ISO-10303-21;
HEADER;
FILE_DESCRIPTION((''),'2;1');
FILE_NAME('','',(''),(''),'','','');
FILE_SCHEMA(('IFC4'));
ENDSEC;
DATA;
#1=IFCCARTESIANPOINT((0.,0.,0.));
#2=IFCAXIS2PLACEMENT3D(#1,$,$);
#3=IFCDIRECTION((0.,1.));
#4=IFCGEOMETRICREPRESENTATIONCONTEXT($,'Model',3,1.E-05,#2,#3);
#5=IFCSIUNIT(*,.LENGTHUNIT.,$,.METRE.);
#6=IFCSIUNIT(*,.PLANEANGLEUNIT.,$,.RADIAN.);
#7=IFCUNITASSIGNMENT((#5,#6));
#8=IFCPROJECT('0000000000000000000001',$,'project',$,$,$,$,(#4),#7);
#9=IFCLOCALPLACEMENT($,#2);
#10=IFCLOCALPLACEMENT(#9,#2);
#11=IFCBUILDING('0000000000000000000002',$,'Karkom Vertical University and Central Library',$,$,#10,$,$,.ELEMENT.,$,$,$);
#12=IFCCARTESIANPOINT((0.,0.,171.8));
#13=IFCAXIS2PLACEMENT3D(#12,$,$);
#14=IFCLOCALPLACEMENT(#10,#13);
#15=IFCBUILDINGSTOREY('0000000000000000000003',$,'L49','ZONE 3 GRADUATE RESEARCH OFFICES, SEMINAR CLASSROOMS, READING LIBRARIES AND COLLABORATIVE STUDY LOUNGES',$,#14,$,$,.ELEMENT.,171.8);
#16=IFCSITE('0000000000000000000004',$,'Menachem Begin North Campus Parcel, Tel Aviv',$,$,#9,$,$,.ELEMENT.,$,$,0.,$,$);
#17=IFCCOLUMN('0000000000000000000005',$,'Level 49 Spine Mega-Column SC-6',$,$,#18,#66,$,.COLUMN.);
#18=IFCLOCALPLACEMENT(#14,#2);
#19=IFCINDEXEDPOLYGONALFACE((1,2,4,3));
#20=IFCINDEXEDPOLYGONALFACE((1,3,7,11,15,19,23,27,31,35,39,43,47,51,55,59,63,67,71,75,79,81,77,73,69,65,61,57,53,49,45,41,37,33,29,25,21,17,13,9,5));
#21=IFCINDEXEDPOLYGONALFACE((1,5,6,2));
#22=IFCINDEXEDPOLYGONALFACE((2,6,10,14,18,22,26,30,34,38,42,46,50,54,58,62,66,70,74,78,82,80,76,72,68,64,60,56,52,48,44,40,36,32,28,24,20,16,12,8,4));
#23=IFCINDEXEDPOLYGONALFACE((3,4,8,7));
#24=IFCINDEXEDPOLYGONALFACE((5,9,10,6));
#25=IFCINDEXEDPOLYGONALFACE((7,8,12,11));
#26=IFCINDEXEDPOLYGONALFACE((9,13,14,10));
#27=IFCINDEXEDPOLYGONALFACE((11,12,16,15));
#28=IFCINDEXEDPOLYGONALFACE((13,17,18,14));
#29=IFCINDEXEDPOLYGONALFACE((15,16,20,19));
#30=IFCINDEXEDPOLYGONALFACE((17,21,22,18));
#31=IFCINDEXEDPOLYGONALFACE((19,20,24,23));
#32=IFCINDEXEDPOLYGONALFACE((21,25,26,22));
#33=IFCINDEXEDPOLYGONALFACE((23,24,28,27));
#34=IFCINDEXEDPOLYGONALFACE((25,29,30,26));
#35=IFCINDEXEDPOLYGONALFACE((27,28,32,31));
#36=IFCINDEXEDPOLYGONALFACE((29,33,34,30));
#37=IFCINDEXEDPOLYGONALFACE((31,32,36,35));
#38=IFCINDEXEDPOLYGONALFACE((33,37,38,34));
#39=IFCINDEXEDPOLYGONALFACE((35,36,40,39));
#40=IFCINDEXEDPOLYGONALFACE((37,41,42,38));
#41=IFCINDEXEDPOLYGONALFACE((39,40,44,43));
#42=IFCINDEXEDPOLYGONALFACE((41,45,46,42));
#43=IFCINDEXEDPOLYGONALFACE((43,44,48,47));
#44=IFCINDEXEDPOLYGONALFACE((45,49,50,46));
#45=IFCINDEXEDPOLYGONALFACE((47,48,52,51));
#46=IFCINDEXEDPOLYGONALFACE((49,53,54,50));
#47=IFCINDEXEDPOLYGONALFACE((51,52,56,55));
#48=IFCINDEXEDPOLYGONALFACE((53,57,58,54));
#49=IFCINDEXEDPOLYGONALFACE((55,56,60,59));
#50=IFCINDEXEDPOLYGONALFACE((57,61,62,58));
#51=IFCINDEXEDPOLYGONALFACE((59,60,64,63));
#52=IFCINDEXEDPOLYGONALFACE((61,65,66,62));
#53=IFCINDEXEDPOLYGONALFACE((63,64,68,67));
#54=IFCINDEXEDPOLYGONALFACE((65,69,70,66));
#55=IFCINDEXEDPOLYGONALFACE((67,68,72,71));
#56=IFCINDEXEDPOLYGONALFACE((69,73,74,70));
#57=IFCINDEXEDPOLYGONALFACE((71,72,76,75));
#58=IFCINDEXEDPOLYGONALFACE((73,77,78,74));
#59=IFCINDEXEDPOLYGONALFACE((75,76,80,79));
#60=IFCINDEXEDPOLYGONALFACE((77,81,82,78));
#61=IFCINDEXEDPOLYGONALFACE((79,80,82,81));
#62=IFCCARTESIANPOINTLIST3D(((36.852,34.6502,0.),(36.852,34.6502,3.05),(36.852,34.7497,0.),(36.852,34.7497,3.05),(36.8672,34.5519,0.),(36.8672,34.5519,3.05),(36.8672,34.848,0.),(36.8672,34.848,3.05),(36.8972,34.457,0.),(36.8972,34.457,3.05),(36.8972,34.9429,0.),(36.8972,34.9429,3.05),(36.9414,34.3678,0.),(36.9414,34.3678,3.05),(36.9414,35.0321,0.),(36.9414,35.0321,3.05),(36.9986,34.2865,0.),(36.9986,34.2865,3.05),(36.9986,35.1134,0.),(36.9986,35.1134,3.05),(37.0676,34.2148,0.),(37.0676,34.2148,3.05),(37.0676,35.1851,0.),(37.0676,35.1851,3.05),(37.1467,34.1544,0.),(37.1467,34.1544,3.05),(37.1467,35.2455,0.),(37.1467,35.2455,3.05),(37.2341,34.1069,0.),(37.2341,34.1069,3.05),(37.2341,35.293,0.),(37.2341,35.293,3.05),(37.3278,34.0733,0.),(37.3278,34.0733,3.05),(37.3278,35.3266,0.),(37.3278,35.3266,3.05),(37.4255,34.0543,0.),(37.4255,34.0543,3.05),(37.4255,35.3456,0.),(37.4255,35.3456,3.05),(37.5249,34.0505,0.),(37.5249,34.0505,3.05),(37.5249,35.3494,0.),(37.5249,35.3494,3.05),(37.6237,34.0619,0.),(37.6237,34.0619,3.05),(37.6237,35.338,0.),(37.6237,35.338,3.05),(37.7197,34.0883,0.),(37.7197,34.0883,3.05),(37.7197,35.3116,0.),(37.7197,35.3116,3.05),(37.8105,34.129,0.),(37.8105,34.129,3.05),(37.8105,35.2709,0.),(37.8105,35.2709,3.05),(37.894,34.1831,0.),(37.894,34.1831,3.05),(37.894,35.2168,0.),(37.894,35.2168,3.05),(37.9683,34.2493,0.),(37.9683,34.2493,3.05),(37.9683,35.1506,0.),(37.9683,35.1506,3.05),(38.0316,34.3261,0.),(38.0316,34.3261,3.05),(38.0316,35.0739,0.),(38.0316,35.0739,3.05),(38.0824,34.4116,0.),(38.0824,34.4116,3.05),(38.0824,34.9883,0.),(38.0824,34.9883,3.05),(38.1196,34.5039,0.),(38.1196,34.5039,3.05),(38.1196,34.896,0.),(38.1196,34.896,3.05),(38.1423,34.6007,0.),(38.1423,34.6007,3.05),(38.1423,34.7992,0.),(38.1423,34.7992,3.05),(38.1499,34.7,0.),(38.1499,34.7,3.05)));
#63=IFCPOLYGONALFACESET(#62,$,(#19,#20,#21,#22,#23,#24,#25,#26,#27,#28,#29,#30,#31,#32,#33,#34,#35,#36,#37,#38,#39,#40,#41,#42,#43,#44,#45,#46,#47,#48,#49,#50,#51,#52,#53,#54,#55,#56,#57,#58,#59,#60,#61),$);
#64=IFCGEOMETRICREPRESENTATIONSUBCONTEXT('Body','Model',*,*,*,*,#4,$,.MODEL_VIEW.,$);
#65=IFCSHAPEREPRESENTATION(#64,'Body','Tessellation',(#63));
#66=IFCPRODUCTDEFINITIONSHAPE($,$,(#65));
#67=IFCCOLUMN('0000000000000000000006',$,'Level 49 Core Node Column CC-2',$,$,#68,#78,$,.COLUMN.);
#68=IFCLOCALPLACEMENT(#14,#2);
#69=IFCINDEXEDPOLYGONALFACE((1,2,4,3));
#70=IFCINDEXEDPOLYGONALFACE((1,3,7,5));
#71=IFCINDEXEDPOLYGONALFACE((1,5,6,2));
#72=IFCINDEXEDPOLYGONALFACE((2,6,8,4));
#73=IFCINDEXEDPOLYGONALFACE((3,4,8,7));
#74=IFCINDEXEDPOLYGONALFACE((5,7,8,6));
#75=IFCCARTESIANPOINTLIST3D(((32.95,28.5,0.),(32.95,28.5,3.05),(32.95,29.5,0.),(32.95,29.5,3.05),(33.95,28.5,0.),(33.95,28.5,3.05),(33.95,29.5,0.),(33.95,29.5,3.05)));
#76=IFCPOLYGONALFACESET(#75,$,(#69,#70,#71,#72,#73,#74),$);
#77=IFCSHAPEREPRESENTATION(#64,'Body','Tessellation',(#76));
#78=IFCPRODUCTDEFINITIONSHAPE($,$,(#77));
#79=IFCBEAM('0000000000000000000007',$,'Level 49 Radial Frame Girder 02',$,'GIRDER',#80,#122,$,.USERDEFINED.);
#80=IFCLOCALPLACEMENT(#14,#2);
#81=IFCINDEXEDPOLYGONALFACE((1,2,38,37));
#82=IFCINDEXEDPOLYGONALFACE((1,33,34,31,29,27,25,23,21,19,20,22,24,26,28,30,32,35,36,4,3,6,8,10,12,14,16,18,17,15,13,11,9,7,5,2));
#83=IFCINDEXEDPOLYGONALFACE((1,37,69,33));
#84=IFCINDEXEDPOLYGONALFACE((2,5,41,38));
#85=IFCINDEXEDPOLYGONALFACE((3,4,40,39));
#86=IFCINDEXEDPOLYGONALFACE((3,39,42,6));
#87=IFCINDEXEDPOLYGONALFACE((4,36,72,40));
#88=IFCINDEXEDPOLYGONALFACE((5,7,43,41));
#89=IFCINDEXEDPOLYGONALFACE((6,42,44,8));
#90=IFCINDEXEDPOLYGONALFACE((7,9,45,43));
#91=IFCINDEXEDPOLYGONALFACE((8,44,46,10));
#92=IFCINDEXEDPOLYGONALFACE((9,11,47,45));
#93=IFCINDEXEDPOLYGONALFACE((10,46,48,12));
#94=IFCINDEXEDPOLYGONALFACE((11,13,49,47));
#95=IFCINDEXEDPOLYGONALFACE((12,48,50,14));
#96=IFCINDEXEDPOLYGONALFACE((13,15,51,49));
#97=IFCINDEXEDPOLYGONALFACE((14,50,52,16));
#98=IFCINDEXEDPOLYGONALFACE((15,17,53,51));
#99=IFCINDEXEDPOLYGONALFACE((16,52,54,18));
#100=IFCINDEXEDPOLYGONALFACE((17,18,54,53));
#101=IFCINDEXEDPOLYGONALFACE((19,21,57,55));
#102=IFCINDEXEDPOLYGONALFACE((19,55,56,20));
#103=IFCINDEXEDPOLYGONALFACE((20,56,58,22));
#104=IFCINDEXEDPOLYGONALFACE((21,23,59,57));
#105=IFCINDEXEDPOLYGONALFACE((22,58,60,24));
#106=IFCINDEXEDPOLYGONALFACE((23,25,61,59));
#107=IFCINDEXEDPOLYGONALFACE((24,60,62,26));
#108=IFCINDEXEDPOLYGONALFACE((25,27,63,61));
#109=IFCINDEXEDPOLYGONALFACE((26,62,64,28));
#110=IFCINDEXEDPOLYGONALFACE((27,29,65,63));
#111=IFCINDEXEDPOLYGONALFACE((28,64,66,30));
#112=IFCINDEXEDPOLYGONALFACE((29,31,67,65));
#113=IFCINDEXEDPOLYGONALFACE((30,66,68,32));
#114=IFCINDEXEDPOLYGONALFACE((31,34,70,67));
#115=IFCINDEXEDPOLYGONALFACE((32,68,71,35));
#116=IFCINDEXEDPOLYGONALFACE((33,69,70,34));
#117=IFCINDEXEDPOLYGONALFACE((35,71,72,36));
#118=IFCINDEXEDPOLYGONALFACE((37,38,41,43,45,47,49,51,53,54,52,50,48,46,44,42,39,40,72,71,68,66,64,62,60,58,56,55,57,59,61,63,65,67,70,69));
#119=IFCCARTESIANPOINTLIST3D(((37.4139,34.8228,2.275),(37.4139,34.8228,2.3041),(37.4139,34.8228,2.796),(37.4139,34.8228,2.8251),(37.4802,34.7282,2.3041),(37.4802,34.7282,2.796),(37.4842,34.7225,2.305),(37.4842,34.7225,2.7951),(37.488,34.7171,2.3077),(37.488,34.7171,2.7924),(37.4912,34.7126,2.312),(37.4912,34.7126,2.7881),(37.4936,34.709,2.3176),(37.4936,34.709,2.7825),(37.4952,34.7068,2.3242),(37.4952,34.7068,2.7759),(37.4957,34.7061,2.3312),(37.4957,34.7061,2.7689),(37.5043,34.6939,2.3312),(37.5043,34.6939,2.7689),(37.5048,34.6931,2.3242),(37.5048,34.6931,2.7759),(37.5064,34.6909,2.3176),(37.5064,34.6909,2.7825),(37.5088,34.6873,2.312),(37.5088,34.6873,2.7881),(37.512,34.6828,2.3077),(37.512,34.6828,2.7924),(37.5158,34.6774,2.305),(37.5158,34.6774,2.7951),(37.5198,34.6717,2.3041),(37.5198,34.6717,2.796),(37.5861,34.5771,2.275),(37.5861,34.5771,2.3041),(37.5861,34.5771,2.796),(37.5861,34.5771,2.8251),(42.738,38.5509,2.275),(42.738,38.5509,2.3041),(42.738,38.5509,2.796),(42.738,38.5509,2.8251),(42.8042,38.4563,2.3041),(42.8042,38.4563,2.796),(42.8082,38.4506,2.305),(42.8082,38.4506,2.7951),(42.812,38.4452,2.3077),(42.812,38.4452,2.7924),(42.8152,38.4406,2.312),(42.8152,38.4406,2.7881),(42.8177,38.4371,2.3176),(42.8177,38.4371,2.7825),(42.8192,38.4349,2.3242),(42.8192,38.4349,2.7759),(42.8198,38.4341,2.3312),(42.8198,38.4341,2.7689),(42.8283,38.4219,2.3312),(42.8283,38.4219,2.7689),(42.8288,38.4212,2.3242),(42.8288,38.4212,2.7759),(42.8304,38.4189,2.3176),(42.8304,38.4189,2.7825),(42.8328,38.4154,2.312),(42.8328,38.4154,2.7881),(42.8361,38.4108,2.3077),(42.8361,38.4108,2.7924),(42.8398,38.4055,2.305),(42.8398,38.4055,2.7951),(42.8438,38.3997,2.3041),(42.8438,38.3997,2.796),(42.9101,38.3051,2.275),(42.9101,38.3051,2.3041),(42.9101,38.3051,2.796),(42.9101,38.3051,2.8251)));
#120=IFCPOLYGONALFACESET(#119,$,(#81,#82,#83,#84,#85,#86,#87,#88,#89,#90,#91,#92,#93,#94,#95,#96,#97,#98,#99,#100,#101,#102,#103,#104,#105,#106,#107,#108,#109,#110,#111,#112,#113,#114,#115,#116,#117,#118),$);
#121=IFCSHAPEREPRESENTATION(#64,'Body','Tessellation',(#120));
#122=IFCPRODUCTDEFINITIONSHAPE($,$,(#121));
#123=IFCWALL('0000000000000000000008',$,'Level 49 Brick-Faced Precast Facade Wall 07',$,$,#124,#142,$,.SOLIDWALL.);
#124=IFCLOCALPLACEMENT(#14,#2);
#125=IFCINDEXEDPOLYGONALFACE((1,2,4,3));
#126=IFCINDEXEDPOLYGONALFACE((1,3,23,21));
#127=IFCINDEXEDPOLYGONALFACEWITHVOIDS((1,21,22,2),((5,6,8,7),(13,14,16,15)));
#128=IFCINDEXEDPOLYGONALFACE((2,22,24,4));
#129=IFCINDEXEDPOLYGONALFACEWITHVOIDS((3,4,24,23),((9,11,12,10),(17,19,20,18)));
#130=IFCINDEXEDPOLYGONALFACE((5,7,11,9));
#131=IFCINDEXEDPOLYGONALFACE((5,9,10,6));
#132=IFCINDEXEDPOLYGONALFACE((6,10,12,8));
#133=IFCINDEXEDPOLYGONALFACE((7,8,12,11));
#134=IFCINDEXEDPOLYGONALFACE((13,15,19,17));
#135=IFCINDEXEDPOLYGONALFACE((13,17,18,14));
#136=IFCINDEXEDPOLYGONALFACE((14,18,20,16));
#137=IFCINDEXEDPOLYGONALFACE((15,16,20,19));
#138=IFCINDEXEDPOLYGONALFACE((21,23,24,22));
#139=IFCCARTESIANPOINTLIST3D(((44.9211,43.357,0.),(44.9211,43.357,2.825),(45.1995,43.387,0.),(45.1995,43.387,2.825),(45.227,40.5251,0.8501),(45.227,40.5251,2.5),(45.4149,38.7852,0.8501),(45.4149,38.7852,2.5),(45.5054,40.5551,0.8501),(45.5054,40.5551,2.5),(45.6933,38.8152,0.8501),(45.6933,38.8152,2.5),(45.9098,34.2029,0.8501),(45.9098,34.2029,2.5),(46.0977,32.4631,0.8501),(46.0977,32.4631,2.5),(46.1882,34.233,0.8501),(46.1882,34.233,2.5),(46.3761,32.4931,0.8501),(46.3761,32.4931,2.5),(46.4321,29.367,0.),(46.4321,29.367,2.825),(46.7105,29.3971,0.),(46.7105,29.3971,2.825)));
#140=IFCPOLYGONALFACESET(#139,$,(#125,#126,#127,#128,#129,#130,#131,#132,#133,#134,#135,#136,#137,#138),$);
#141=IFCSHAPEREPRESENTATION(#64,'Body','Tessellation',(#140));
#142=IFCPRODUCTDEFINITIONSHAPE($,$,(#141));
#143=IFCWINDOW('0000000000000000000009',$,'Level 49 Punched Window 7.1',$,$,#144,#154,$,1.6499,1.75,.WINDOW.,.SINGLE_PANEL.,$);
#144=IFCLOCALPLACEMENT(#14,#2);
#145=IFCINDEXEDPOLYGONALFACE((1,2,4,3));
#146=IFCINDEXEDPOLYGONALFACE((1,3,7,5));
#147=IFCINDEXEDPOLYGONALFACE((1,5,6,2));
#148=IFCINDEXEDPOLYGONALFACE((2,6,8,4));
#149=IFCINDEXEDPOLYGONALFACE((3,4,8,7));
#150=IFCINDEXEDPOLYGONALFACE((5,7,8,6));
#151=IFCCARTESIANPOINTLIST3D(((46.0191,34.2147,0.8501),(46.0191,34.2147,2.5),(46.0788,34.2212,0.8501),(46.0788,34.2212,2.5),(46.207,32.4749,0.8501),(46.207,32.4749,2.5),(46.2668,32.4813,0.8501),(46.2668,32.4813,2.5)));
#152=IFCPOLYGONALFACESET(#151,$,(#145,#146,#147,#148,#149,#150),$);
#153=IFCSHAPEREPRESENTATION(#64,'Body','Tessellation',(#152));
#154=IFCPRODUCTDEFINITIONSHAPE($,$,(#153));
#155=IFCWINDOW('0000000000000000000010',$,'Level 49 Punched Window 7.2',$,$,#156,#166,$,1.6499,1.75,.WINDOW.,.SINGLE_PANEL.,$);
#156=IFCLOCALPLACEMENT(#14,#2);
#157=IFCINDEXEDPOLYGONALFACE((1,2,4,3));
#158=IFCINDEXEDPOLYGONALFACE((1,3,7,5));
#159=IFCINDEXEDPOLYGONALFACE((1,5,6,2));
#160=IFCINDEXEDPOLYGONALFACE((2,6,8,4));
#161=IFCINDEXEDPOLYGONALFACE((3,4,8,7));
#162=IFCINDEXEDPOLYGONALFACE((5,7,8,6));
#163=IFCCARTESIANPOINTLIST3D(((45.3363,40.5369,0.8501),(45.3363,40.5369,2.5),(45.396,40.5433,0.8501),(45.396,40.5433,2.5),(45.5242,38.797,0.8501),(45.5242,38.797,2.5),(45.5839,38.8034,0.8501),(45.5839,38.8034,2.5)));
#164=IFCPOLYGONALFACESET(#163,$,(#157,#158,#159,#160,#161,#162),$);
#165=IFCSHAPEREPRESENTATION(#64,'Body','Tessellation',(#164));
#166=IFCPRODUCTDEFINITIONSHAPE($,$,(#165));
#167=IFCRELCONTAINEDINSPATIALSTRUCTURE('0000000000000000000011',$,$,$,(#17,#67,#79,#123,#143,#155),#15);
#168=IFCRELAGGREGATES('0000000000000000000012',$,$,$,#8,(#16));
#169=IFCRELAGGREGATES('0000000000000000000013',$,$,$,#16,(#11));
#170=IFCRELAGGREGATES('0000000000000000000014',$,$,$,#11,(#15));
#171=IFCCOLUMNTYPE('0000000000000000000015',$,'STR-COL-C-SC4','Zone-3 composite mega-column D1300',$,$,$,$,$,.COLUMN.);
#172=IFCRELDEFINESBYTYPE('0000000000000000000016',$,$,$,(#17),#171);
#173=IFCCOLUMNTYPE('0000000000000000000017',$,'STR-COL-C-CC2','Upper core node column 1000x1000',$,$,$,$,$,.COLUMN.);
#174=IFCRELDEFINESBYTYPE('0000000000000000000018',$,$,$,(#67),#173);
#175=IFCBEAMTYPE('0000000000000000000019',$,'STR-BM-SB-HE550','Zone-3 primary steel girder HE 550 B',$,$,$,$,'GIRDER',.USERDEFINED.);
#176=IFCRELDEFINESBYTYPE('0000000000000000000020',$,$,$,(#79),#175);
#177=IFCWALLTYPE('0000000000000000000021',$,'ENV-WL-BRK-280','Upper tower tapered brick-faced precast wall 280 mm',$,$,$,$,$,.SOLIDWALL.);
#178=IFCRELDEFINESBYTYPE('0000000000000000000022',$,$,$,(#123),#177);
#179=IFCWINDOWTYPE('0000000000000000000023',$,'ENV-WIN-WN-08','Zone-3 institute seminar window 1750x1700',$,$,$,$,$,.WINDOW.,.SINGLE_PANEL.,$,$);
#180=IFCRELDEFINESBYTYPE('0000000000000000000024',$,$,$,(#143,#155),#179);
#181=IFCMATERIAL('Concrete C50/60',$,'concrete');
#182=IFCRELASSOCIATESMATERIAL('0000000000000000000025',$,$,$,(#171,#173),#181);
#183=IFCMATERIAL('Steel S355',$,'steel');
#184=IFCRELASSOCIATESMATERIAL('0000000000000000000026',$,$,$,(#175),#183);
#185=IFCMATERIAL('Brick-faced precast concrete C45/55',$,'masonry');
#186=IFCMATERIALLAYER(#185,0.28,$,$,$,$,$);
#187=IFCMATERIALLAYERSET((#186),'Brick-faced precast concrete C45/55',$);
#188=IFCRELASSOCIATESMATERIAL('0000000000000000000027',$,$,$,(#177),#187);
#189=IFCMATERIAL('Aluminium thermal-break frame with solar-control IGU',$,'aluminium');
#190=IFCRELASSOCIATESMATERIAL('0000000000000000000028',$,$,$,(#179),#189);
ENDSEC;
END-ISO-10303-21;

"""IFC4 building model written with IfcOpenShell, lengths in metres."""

from ifc_helpers import new_model, si_unit, direction, frame, frame_2d, origin, origin_with_axes, origin_2d, place, context, subcontext, project, spatial, rectangle, circle, i_section, extrude, source, transform, mapped, material, layer, layer_set, material_profile, profile_set, type_object, element, fill, save


model = new_model("IFC4")

# Units and contexts
model_context = context("Model", 3, precision=1e-05, world=origin(), true_north=direction((0.0, 1.0)))
body_context = subcontext(model_context, "Body", "Model", "MODEL_VIEW")
ifc_project = project(units=[si_unit("LENGTHUNIT", "METRE"), si_unit("PLANEANGLEUNIT", "RADIAN")], contexts=[model_context])

# Site, building, storey
site_placement = place(None, origin())
site = spatial("IfcSite", under=ifc_project, at=site_placement, Name="Menachem Begin North Campus Parcel, Tel Aviv", CompositionType="ELEMENT", RefElevation=0.0)
building_placement = place(site_placement, origin())
building = spatial("IfcBuilding", under=site, at=building_placement, Name="Karkom Vertical University and Central Library", CompositionType="ELEMENT")
storey_placement = place(building_placement, frame((0.0, 0.0, 171.8)))
storey = spatial("IfcBuildingStorey", under=building, at=storey_placement, Name="L49", Description="ZONE 3 GRADUATE RESEARCH OFFICES, SEMINAR CLASSROOMS, READING LIBRARIES AND COLLABORATIVE STUDY LOUNGES", CompositionType="ELEMENT", Elevation=171.8)

# Columns
ifc_material_1 = material(Name="Concrete C50/60", Category="concrete")
ifc_material_profile_1 = material_profile(ifc_material_1, circle(Radius=0.6499, at=origin_2d()), Name="CFT-D1300")
ifc_profile_set_1 = profile_set([ifc_material_profile_1], Name="Concrete C50/60")
column_type_1 = type_object("IfcColumnType", Name="STR-COL-C-SC4", Description="Zone-3 composite mega-column D1300", PredefinedType="COLUMN", material=ifc_profile_set_1)
shared_shape_1 = source(origin_with_axes(), body_context, "Body", "SweptSolid", [
    extrude(circle(Radius=0.6499, at=origin_2d()), origin(), (0.0, 0.0, 1.0), 3.05),
])
column_1_placement = place(storey_placement, frame((37.5, 34.7, 0.0), z_axis=(0.0, 0.0, 1.0), x_axis=(1.0, 0.0, 0.0)))
element("IfcColumn", 1, at=column_1_placement, inside=storey, type_object=column_type_1, Name="Level 49 Spine Mega-Column SC-6", PredefinedType="COLUMN", context=body_context, shape_type="MappedRepresentation", body=[
    mapped(shared_shape_1, transform((0.0, 0.0, 0.0), scale=1.0)),
])
ifc_material_profile_2 = material_profile(ifc_material_1, rectangle(XDim=1.0, YDim=1.0, at=origin_2d()), Name="RC-1000x1000")
ifc_profile_set_2 = profile_set([ifc_material_profile_2], Name="Concrete C50/60")
column_type_2 = type_object("IfcColumnType", Name="STR-COL-C-CC2", Description="Upper core node column 1000x1000", PredefinedType="COLUMN", material=ifc_profile_set_2)
shared_shape_2 = source(origin_with_axes(), body_context, "Body", "SweptSolid", [
    extrude(rectangle(XDim=1.0, YDim=1.0, at=origin_2d()), origin(), (0.0, 0.0, 1.0), 3.05),
])
column_2_placement = place(storey_placement, frame((33.45, 29.0, 0.0), z_axis=(0.0, 0.0, 1.0), x_axis=(1.0, 0.0, 0.0)))
element("IfcColumn", 2, at=column_2_placement, inside=storey, type_object=column_type_2, Name="Level 49 Core Node Column CC-2", PredefinedType="COLUMN", context=body_context, shape_type="MappedRepresentation", body=[
    mapped(shared_shape_2, transform((0.0, 0.0, 0.0), scale=1.0)),
])

# Beam
ifc_material_2 = material(Name="Steel S355", Category="steel")
ifc_material_profile_3 = material_profile(ifc_material_2, i_section(OverallWidth=0.3, OverallDepth=0.55, WebThickness=0.0149, FlangeThickness=0.0291, FilletRadius=0.0271, at=origin_2d()), Name="HE 550 B")
ifc_profile_set_3 = profile_set([ifc_material_profile_3], Name="Steel S355")
beam_type = type_object("IfcBeamType", Name="STR-BM-SB-HE550", Description="Zone-3 primary steel girder HE 550 B", ElementType="GIRDER", PredefinedType="USERDEFINED", material=ifc_profile_set_3)
shared_shape_3 = source(origin_with_axes(), body_context, "Body", "SweptSolid", [
    extrude(i_section(OverallWidth=0.3, OverallDepth=0.55, WebThickness=0.0149, FlangeThickness=0.0291, FilletRadius=0.0271, at=origin_2d()), origin(), (0.0, 0.0, 1.0), 6.4995),
])
beam_placement = place(storey_placement, frame((37.5, 34.7, 2.55), z_axis=(0.819142, 0.573591, 0.0), x_axis=(-0.573591, 0.819142, 0.0)))
element("IfcBeam", 3, at=beam_placement, inside=storey, type_object=beam_type, Name="Level 49 Radial Frame Girder 02", ObjectType="GIRDER", PredefinedType="USERDEFINED", context=body_context, shape_type="MappedRepresentation", body=[
    mapped(shared_shape_3, transform((0.0, 0.0, 0.0), scale=1.0)),
])

# Wall, openings, windows
ifc_material_3 = material(Name="Brick-faced precast concrete C45/55", Category="masonry")
ifc_layer_1 = layer(ifc_material_3, 0.28)
ifc_layer_set_1 = layer_set([ifc_layer_1], Name="Brick-faced precast concrete C45/55")
wall_type_1 = type_object("IfcWallType", Name="ENV-WL-BRK-280", Description="Upper tower tapered brick-faced precast wall 280 mm", PredefinedType="SOLIDWALL", material=ifc_layer_set_1)
wall_1_placement = place(storey_placement, frame((46.5713, 29.3821, 0.0), z_axis=(0.0, 0.0, 1.0), x_axis=(-0.10738, 0.994218, 0.0)))
wall_1 = element("IfcWall", 4, at=wall_1_placement, inside=storey, type_object=wall_type_1, Name="Level 49 Brick-Faced Precast Facade Wall 07", PredefinedType="SOLIDWALL", context=body_context, shape_type="SweptSolid", body=[
    extrude(rectangle(XDim=14.0713, YDim=0.28, at=frame_2d((7.0356, 0.0))), origin(), (0.0, 0.0, 1.0), 2.825),
])
opening_1_placement = place(wall_1_placement, frame((3.114, 0.0, 0.8501)))
opening_1 = element("IfcOpeningElement", 5, at=opening_1_placement, cuts=wall_1, PredefinedType="OPENING", context=body_context, shape_type="SweptSolid", body=[
    extrude(rectangle(XDim=1.75, YDim=1.6499, at=frame_2d((0.875, 0.825))), frame((0.0, 0.1499, 0.0), z_axis=(0.0, -1.0, 0.0), x_axis=(1.0, 0.0, 0.0)), (0.0, 0.0, 1.0), 0.3),
])
opening_2_placement = place(wall_1_placement, frame((9.4729, 0.0, 0.8501)))
opening_2 = element("IfcOpeningElement", 6, at=opening_2_placement, cuts=wall_1, PredefinedType="OPENING", context=body_context, shape_type="SweptSolid", body=[
    extrude(rectangle(XDim=1.75, YDim=1.6499, at=frame_2d((0.875, 0.825))), frame((0.0, 0.1499, 0.0), z_axis=(0.0, -1.0, 0.0), x_axis=(1.0, 0.0, 0.0)), (0.0, 0.0, 1.0), 0.3),
])
ifc_material_4 = material(Name="Aluminium thermal-break frame with solar-control IGU", Category="aluminium")
window_type = type_object("IfcWindowType", Name="ENV-WIN-WN-08", Description="Zone-3 institute seminar window 1750x1700", PartitioningType="SINGLE_PANEL", PredefinedType="WINDOW", material=ifc_material_4)
shared_shape_4 = source(origin_with_axes(), body_context, "Body", "SweptSolid", [
    extrude(rectangle(XDim=1.75, YDim=1.6499, at=frame_2d((0.875, 0.825))), frame((0.0, 0.03, 0.0), z_axis=(0.0, -1.0, 0.0), x_axis=(1.0, 0.0, 0.0)), (0.0, 0.0, 1.0), 0.0601),
])
window_1_placement = place(opening_1_placement, origin())
window_1 = element("IfcWindow", 7, at=window_1_placement, inside=storey, type_object=window_type, Name="Level 49 Punched Window 7.1", OverallHeight=1.6499, OverallWidth=1.75, PartitioningType="SINGLE_PANEL", PredefinedType="WINDOW", context=body_context, shape_type="MappedRepresentation", body=[
    mapped(shared_shape_4, transform((0.0, 0.0, 0.0), scale=1.0)),
])
fill(opening_1, window_1)
window_2_placement = place(opening_2_placement, origin())
window_2 = element("IfcWindow", 8, at=window_2_placement, inside=storey, type_object=window_type, Name="Level 49 Punched Window 7.2", OverallHeight=1.6499, OverallWidth=1.75, PartitioningType="SINGLE_PANEL", PredefinedType="WINDOW", context=body_context, shape_type="MappedRepresentation", body=[
    mapped(shared_shape_4, transform((0.0, 0.0, 0.0), scale=1.0)),
])
fill(opening_2, window_2)

save(model, "model.ifc")
